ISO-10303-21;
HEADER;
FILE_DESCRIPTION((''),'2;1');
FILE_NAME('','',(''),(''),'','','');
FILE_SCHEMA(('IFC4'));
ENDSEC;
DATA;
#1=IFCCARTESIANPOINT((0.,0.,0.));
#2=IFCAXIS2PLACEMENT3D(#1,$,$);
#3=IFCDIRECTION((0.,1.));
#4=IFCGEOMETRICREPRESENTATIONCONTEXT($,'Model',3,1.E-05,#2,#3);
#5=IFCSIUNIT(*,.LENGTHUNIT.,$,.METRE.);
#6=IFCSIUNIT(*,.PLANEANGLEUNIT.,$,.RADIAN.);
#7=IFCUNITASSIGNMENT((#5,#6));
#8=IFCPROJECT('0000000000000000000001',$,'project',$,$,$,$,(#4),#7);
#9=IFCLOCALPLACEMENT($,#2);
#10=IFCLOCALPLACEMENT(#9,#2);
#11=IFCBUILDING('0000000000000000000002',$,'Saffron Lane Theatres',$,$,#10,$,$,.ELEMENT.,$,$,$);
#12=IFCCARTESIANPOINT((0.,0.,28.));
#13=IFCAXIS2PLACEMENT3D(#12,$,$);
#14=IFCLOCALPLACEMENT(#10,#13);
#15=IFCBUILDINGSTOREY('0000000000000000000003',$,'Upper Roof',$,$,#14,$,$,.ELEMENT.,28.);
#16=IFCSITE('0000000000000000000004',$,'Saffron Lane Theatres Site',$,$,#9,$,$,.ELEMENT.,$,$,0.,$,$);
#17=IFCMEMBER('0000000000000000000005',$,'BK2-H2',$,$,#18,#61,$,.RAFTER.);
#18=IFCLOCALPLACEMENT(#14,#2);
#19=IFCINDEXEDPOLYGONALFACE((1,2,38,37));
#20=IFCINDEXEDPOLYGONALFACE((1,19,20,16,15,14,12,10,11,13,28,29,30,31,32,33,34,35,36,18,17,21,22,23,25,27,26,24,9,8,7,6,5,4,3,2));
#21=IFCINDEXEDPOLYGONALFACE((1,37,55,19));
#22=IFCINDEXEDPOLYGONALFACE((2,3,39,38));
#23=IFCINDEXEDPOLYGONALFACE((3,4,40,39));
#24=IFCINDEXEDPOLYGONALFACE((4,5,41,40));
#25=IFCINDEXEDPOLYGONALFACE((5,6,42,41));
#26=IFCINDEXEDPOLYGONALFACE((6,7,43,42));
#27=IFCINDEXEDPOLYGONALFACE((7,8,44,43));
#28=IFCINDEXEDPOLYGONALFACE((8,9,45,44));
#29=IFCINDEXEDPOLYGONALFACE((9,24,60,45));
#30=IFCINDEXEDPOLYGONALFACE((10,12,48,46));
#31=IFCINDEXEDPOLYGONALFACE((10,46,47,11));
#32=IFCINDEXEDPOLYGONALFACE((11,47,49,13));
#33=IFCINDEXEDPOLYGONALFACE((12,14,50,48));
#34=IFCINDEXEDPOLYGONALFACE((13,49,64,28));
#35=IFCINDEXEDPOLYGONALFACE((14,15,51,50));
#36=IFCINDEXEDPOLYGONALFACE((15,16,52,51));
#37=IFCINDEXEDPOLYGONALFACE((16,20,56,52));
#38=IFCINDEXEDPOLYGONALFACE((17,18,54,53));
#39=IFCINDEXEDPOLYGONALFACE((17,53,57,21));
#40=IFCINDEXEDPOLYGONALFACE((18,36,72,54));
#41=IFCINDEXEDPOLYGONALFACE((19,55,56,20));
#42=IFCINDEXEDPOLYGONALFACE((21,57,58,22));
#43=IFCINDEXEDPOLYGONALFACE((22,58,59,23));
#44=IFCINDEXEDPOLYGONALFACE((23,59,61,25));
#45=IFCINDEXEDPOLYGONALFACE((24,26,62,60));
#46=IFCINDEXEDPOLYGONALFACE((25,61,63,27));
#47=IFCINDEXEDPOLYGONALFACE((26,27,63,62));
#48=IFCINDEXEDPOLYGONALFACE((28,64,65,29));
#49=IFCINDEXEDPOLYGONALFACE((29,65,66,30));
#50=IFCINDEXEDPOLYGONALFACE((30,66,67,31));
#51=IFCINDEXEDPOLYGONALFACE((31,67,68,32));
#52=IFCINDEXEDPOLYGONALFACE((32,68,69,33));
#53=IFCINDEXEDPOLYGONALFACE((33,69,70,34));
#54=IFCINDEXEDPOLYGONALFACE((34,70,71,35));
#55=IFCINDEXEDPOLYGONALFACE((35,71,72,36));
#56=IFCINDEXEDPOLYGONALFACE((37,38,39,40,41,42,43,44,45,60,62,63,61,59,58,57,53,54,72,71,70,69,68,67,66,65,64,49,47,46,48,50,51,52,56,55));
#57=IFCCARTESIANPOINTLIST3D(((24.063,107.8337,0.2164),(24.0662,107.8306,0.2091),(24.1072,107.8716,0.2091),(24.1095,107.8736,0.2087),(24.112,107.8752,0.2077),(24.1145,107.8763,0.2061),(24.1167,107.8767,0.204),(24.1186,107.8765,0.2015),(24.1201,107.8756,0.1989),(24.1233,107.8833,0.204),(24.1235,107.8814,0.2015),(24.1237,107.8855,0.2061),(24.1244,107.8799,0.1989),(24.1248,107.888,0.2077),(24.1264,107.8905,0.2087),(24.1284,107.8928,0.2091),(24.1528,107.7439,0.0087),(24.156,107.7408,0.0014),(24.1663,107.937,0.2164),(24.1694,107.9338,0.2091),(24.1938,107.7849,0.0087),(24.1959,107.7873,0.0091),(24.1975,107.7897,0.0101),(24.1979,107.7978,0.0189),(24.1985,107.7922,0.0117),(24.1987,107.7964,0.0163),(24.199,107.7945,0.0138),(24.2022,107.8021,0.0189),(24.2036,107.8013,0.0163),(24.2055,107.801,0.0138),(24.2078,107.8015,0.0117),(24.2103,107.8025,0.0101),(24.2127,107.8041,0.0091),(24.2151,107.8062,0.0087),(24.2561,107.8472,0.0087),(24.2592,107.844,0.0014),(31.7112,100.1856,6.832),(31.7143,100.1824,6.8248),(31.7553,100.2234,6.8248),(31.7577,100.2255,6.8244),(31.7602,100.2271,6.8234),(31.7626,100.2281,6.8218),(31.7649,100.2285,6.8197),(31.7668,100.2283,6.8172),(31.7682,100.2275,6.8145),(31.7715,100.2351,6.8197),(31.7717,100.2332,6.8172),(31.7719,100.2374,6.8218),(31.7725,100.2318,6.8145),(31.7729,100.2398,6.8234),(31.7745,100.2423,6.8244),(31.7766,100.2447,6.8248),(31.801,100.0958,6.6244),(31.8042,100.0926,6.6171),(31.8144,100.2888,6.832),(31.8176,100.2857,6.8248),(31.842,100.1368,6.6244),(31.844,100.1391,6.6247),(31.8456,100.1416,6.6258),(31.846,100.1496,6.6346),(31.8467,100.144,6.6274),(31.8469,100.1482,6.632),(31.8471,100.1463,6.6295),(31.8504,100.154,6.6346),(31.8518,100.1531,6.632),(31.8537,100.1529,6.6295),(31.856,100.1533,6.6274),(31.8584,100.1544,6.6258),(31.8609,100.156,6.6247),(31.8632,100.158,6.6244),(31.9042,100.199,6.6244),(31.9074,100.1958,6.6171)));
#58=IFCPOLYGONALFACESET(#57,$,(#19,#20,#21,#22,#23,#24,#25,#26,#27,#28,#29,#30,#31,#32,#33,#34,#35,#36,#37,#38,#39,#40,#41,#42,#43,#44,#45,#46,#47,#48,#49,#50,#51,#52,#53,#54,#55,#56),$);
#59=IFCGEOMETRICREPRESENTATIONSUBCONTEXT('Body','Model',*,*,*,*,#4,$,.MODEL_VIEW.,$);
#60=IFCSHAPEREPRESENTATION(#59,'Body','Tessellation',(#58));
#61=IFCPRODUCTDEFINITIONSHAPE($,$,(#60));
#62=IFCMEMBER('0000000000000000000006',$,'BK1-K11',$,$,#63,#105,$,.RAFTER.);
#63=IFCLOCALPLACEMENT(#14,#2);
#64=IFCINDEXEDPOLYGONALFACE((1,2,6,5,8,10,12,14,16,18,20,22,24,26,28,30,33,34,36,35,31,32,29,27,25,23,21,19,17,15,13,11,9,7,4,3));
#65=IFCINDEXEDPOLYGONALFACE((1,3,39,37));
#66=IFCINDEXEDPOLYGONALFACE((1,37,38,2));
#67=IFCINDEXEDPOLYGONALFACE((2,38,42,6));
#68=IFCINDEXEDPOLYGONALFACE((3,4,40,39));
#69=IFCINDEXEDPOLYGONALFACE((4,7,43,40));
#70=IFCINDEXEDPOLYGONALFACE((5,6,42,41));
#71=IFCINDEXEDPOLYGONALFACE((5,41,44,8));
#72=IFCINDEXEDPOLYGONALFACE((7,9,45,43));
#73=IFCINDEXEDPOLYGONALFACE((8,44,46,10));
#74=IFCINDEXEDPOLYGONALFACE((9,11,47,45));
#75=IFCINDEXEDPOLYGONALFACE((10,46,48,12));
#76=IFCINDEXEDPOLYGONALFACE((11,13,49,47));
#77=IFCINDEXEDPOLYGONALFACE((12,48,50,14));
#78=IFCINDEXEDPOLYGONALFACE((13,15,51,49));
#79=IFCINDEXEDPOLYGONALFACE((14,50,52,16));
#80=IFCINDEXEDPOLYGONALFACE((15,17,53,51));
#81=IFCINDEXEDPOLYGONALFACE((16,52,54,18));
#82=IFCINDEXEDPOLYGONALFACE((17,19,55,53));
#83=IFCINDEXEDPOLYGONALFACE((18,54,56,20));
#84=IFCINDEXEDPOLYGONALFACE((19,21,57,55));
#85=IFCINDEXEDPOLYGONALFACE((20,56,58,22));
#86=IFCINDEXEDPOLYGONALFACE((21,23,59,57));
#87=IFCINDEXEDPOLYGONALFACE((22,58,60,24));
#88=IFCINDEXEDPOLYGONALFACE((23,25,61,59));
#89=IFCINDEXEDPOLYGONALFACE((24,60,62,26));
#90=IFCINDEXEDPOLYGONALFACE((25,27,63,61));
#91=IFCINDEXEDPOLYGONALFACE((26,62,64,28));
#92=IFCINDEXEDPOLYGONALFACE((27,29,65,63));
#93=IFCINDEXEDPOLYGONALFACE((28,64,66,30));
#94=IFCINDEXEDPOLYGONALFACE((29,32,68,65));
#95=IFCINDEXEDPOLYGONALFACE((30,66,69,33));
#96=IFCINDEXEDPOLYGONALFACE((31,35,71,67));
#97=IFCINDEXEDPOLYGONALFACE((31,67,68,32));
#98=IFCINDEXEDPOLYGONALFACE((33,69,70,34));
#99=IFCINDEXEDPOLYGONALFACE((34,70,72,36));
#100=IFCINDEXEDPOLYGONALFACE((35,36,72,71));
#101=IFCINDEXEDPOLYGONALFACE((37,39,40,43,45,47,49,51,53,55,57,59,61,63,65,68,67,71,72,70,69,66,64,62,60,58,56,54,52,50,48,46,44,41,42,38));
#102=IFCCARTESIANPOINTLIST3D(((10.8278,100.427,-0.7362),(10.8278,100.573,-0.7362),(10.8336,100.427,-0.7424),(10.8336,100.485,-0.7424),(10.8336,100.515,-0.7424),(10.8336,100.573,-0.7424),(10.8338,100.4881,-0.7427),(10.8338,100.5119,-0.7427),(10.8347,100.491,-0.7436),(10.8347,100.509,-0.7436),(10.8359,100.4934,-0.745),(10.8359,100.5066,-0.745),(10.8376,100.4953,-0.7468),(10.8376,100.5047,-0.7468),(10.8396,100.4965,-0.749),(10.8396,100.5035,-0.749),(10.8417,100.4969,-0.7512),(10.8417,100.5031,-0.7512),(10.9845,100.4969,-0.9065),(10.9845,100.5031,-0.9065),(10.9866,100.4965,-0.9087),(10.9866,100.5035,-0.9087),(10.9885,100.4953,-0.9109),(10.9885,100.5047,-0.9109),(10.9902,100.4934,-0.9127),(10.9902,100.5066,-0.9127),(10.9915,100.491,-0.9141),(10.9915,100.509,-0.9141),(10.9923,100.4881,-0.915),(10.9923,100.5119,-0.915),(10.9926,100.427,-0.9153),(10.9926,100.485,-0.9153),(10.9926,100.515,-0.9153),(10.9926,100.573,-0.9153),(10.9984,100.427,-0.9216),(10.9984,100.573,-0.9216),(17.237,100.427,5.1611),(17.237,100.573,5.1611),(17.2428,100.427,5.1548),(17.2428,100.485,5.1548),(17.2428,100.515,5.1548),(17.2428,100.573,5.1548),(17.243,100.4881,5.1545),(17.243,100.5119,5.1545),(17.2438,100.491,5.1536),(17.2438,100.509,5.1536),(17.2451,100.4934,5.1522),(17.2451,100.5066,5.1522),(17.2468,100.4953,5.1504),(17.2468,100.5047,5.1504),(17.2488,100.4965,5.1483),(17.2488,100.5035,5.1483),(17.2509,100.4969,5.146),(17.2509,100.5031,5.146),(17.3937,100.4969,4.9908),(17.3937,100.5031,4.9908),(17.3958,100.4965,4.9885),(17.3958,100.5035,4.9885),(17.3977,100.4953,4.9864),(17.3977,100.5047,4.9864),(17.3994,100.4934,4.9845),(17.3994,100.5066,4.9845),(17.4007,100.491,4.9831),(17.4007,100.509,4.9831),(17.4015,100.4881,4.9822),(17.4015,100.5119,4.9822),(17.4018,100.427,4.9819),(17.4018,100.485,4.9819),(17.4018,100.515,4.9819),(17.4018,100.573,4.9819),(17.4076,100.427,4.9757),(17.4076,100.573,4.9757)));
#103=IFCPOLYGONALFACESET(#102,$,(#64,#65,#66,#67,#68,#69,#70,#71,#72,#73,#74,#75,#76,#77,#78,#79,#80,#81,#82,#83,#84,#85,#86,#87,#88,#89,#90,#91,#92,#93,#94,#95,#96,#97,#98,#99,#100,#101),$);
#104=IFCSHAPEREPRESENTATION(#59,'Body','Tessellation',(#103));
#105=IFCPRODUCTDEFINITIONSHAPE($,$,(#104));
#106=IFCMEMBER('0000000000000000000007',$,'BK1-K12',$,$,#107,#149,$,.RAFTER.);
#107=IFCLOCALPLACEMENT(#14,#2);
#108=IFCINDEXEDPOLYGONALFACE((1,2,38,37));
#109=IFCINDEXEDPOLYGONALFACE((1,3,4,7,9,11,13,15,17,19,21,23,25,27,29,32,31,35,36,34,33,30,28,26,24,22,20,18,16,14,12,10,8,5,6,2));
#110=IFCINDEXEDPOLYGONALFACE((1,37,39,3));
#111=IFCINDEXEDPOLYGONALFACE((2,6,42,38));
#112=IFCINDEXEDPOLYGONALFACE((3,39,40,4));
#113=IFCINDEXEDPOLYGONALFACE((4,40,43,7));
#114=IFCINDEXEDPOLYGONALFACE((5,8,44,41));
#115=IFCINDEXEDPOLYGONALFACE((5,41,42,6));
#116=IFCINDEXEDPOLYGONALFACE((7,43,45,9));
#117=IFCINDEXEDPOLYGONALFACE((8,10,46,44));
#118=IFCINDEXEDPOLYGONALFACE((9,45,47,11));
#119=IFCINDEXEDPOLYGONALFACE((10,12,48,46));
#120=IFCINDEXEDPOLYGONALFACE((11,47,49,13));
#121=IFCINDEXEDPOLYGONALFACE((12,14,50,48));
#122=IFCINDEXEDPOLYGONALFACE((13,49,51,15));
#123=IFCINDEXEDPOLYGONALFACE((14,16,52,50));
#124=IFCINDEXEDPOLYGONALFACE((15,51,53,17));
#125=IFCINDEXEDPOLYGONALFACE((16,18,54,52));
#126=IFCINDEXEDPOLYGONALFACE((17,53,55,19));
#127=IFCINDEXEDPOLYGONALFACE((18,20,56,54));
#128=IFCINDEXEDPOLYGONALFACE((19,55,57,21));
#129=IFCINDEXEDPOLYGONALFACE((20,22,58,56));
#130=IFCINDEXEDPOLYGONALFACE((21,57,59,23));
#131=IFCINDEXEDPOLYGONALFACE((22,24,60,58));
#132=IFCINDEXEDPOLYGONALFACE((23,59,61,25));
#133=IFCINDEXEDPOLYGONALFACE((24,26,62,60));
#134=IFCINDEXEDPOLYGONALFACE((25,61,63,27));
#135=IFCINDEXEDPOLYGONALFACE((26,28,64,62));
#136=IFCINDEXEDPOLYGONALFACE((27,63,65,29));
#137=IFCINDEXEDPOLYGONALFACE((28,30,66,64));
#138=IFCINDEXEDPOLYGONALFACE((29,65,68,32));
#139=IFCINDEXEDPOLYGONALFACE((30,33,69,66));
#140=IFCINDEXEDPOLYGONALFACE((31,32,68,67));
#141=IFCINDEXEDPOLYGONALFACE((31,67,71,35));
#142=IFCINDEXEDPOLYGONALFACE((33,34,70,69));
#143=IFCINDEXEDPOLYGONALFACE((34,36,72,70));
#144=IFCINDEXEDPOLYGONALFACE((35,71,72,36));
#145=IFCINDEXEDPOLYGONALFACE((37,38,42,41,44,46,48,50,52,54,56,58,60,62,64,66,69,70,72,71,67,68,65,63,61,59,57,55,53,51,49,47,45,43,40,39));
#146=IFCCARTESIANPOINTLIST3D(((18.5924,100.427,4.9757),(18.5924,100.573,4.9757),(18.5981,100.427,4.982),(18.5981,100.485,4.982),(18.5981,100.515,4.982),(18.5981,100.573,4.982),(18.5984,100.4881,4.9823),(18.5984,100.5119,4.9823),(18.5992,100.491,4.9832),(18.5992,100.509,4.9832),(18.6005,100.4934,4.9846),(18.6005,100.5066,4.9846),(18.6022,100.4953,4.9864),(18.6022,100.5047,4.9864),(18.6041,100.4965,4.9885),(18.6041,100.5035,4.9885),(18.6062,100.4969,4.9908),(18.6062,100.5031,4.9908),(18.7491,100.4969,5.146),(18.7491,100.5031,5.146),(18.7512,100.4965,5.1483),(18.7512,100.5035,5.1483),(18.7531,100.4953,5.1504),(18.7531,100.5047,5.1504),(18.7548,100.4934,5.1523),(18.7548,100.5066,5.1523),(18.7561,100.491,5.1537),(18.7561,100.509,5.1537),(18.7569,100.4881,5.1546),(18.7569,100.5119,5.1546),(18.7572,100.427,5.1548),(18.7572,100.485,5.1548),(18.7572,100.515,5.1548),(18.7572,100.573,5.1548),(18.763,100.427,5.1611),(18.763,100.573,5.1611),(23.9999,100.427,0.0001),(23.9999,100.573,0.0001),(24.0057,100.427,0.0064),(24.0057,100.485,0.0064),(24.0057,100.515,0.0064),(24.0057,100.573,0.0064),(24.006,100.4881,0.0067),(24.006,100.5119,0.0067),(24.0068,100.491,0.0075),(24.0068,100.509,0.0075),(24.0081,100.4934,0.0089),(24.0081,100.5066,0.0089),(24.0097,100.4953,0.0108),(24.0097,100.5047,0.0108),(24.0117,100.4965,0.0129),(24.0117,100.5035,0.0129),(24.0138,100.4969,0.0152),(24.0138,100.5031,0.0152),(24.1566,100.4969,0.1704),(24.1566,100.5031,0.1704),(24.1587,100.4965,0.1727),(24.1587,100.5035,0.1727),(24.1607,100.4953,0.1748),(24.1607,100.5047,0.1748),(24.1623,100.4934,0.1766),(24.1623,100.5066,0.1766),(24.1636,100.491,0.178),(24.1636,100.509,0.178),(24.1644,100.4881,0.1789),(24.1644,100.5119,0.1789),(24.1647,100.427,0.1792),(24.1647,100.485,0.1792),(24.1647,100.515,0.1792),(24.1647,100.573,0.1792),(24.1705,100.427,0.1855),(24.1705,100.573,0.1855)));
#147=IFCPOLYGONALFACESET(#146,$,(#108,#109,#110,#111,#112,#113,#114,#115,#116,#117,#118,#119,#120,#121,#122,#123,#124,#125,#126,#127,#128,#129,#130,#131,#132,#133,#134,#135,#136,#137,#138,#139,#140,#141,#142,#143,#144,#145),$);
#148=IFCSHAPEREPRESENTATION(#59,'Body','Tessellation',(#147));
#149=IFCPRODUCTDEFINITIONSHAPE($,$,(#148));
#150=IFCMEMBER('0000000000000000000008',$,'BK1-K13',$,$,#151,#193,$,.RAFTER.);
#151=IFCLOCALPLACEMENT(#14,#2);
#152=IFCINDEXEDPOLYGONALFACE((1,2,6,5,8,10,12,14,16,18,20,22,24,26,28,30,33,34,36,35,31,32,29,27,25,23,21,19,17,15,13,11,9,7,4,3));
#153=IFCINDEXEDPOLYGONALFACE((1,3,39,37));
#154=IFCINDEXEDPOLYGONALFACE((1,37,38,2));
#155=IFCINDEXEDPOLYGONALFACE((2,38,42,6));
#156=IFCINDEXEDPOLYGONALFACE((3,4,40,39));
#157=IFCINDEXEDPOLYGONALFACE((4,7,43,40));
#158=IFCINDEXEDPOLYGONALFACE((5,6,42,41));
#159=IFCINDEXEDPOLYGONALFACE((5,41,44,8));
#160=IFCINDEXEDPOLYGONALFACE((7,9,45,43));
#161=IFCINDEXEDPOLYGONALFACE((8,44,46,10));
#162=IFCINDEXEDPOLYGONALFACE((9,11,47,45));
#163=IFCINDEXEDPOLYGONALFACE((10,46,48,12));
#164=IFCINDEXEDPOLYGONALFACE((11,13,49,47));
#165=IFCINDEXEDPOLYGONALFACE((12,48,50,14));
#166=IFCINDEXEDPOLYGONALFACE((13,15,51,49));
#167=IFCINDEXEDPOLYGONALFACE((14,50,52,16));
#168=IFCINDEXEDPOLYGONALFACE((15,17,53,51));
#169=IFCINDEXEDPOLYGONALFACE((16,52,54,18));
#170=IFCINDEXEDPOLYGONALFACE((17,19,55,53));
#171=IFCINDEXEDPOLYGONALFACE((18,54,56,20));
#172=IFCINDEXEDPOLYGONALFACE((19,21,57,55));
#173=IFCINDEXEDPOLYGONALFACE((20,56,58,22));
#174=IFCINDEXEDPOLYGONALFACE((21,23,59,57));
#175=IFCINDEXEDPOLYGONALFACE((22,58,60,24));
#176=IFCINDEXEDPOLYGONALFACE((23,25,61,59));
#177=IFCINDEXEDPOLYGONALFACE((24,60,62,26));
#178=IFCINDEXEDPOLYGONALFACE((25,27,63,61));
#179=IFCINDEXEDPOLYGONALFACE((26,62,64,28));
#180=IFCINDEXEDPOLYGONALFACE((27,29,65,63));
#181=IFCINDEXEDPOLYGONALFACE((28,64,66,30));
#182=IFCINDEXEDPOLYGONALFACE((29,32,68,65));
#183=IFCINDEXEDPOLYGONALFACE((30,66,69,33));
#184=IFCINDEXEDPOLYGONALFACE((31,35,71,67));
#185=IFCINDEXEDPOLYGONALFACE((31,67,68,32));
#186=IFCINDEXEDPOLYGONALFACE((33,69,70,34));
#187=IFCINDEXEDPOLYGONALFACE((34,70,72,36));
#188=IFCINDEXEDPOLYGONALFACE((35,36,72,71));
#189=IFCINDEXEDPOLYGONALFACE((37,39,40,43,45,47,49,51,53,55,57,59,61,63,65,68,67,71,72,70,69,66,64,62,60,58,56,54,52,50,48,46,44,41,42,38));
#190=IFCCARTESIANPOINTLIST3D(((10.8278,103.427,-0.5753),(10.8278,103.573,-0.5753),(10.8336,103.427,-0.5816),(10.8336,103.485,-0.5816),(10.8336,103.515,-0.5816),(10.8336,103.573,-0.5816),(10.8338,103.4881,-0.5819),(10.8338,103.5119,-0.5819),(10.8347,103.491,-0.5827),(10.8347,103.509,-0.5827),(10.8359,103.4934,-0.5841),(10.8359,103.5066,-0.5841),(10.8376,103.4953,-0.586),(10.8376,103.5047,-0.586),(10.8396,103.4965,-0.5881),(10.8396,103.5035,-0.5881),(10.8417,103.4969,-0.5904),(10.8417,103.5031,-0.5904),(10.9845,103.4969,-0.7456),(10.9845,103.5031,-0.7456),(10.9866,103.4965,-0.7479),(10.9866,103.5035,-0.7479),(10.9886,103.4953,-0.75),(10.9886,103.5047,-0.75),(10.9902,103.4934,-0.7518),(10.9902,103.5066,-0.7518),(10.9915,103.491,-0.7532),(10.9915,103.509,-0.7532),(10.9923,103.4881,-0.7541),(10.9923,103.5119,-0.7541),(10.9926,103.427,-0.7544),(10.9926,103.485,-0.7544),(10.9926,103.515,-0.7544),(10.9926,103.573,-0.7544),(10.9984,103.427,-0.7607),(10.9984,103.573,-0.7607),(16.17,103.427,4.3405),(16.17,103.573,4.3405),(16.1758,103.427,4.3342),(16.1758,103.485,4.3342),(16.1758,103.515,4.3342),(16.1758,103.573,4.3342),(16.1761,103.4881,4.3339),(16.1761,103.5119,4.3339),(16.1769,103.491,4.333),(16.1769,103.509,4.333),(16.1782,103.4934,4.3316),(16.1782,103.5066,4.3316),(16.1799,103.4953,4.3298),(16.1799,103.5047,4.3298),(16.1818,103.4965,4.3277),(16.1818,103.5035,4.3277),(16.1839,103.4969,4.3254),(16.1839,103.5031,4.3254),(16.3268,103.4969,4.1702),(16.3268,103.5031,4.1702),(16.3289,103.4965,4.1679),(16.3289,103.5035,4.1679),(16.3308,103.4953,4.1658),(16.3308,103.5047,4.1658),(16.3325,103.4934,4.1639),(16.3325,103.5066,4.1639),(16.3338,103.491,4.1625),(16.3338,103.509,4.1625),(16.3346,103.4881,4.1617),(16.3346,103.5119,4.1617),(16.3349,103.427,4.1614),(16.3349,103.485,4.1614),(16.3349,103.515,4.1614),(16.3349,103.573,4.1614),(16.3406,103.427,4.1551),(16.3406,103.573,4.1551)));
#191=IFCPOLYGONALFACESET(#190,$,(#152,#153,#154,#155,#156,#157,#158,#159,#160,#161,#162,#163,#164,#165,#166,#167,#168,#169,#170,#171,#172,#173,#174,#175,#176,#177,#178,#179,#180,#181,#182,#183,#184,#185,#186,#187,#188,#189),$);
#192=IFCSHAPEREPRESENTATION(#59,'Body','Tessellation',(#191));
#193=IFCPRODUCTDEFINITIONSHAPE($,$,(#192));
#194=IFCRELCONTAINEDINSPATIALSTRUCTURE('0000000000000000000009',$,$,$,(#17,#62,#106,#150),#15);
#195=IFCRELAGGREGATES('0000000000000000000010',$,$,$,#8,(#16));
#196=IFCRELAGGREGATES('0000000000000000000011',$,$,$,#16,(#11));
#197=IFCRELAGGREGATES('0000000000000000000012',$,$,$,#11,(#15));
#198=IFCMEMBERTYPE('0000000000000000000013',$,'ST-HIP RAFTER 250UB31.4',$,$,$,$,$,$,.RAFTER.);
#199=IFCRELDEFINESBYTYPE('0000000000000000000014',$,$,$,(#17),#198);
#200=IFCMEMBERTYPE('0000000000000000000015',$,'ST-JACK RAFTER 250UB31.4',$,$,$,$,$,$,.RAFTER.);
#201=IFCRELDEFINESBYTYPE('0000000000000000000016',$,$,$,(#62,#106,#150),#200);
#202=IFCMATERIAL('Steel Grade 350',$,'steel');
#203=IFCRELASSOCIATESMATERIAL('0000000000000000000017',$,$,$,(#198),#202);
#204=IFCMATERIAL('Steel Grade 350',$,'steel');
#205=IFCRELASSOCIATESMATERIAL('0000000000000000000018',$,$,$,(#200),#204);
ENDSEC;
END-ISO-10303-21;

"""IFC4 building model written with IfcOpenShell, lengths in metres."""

from ifc_helpers import new_model, si_unit, direction, frame, origin, origin_2d, place, context, subcontext, project, spatial, i_section, extrude, material, material_profile, profile_set, type_object, element, save


model = new_model("IFC4")

# Units and contexts
model_context = context("Model", 3, precision=1e-05, world=origin(), true_north=direction((0.0, 1.0)))
body_context = subcontext(model_context, "Body", "Model", "MODEL_VIEW")
ifc_project = project(units=[si_unit("LENGTHUNIT", "METRE"), si_unit("PLANEANGLEUNIT", "RADIAN")], contexts=[model_context])

# Site, building, storey
site_placement = place(None, origin())
site = spatial("IfcSite", under=ifc_project, at=site_placement, Name="Saffron Lane Theatres Site", CompositionType="ELEMENT", RefElevation=0.0)
building_placement = place(site_placement, origin())
building = spatial("IfcBuilding", under=site, at=building_placement, Name="Saffron Lane Theatres", CompositionType="ELEMENT")
storey_placement = place(building_placement, frame((0.0, 0.0, 28.0)))
storey = spatial("IfcBuildingStorey", under=building, at=storey_placement, Name="Upper Roof", CompositionType="ELEMENT", Elevation=28.0)

# Members
ifc_material_1 = material(Name="Steel Grade 350", Category="steel")
ifc_material_profile_1 = material_profile(ifc_material_1, i_section(OverallWidth=0.146, OverallDepth=0.252, WebThickness=0.0061, FlangeThickness=0.0085, FilletRadius=0.012, at=origin_2d()))
ifc_profile_set_1 = profile_set([ifc_material_profile_1], Name="Steel Grade 350")
member_type_1 = type_object("IfcMemberType", Name="ST-HIP RAFTER 250UB31.4", PredefinedType="RAFTER", material=ifc_profile_set_1)
member_1_placement = place(storey_placement, frame((24.1611, 107.8389, 0.1089), z_axis=(0.603217, -0.603217, 0.521785), x_axis=(0.707107, 0.707107, 0.0)))
element("IfcMember", 1, at=member_1_placement, inside=storey, type_object=member_type_1, Name="BK2-H2", PredefinedType="RAFTER", context=body_context, shape_type="SweptSolid", body=[
    extrude(i_section(OverallWidth=0.146, OverallDepth=0.252, WebThickness=0.0061, FlangeThickness=0.0085, FilletRadius=0.012, at=origin_2d()), origin(), (0.0, 0.0, 1.0), 12.679),
])
ifc_material_2 = material(Name="Steel Grade 350", Category="steel")
ifc_material_profile_2 = material_profile(ifc_material_2, i_section(OverallWidth=0.146, OverallDepth=0.252, WebThickness=0.0061, FlangeThickness=0.0085, FilletRadius=0.012, at=origin_2d()))
ifc_profile_set_2 = profile_set([ifc_material_profile_2], Name="Steel Grade 350")
member_type_2 = type_object("IfcMemberType", Name="ST-JACK RAFTER 250UB31.4", PredefinedType="RAFTER", material=ifc_profile_set_2)
member_2_placement = place(storey_placement, frame((10.9131, 100.5, -0.8289), z_axis=(0.735887, 0.0, 0.677105), x_axis=(0.0, 1.0, 0.0)))
element("IfcMember", 2, at=member_2_placement, inside=storey, type_object=member_type_2, Name="BK1-K11", PredefinedType="RAFTER", context=body_context, shape_type="SweptSolid", body=[
    extrude(i_section(OverallWidth=0.146, OverallDepth=0.252, WebThickness=0.0061, FlangeThickness=0.0085, FilletRadius=0.012, at=origin_2d()), origin(), (0.0, 0.0, 1.0), 8.7095),
])
member_3_placement = place(storey_placement, frame((24.0852, 100.5, 0.0928), z_axis=(-0.735883, 0.0, 0.677109), x_axis=(0.0, -1.0, 0.0)))
element("IfcMember", 3, at=member_3_placement, inside=storey, type_object=member_type_2, Name="BK1-K12", PredefinedType="RAFTER", context=body_context, shape_type="SweptSolid", body=[
    extrude(i_section(OverallWidth=0.146, OverallDepth=0.252, WebThickness=0.0061, FlangeThickness=0.0085, FilletRadius=0.012, at=origin_2d()), origin(), (0.0, 0.0, 1.0), 7.3484),
])
member_4_placement = place(storey_placement, frame((10.9131, 103.5, -0.668), z_axis=(0.735871, 0.0, 0.677121), x_axis=(0.0, 1.0, 0.0)))
element("IfcMember", 4, at=member_4_placement, inside=storey, type_object=member_type_2, Name="BK1-K13", PredefinedType="RAFTER", context=body_context, shape_type="SweptSolid", body=[
    extrude(i_section(OverallWidth=0.146, OverallDepth=0.252, WebThickness=0.0061, FlangeThickness=0.0085, FilletRadius=0.012, at=origin_2d()), origin(), (0.0, 0.0, 1.0), 7.2598),
])

save(model, "model.ifc")
